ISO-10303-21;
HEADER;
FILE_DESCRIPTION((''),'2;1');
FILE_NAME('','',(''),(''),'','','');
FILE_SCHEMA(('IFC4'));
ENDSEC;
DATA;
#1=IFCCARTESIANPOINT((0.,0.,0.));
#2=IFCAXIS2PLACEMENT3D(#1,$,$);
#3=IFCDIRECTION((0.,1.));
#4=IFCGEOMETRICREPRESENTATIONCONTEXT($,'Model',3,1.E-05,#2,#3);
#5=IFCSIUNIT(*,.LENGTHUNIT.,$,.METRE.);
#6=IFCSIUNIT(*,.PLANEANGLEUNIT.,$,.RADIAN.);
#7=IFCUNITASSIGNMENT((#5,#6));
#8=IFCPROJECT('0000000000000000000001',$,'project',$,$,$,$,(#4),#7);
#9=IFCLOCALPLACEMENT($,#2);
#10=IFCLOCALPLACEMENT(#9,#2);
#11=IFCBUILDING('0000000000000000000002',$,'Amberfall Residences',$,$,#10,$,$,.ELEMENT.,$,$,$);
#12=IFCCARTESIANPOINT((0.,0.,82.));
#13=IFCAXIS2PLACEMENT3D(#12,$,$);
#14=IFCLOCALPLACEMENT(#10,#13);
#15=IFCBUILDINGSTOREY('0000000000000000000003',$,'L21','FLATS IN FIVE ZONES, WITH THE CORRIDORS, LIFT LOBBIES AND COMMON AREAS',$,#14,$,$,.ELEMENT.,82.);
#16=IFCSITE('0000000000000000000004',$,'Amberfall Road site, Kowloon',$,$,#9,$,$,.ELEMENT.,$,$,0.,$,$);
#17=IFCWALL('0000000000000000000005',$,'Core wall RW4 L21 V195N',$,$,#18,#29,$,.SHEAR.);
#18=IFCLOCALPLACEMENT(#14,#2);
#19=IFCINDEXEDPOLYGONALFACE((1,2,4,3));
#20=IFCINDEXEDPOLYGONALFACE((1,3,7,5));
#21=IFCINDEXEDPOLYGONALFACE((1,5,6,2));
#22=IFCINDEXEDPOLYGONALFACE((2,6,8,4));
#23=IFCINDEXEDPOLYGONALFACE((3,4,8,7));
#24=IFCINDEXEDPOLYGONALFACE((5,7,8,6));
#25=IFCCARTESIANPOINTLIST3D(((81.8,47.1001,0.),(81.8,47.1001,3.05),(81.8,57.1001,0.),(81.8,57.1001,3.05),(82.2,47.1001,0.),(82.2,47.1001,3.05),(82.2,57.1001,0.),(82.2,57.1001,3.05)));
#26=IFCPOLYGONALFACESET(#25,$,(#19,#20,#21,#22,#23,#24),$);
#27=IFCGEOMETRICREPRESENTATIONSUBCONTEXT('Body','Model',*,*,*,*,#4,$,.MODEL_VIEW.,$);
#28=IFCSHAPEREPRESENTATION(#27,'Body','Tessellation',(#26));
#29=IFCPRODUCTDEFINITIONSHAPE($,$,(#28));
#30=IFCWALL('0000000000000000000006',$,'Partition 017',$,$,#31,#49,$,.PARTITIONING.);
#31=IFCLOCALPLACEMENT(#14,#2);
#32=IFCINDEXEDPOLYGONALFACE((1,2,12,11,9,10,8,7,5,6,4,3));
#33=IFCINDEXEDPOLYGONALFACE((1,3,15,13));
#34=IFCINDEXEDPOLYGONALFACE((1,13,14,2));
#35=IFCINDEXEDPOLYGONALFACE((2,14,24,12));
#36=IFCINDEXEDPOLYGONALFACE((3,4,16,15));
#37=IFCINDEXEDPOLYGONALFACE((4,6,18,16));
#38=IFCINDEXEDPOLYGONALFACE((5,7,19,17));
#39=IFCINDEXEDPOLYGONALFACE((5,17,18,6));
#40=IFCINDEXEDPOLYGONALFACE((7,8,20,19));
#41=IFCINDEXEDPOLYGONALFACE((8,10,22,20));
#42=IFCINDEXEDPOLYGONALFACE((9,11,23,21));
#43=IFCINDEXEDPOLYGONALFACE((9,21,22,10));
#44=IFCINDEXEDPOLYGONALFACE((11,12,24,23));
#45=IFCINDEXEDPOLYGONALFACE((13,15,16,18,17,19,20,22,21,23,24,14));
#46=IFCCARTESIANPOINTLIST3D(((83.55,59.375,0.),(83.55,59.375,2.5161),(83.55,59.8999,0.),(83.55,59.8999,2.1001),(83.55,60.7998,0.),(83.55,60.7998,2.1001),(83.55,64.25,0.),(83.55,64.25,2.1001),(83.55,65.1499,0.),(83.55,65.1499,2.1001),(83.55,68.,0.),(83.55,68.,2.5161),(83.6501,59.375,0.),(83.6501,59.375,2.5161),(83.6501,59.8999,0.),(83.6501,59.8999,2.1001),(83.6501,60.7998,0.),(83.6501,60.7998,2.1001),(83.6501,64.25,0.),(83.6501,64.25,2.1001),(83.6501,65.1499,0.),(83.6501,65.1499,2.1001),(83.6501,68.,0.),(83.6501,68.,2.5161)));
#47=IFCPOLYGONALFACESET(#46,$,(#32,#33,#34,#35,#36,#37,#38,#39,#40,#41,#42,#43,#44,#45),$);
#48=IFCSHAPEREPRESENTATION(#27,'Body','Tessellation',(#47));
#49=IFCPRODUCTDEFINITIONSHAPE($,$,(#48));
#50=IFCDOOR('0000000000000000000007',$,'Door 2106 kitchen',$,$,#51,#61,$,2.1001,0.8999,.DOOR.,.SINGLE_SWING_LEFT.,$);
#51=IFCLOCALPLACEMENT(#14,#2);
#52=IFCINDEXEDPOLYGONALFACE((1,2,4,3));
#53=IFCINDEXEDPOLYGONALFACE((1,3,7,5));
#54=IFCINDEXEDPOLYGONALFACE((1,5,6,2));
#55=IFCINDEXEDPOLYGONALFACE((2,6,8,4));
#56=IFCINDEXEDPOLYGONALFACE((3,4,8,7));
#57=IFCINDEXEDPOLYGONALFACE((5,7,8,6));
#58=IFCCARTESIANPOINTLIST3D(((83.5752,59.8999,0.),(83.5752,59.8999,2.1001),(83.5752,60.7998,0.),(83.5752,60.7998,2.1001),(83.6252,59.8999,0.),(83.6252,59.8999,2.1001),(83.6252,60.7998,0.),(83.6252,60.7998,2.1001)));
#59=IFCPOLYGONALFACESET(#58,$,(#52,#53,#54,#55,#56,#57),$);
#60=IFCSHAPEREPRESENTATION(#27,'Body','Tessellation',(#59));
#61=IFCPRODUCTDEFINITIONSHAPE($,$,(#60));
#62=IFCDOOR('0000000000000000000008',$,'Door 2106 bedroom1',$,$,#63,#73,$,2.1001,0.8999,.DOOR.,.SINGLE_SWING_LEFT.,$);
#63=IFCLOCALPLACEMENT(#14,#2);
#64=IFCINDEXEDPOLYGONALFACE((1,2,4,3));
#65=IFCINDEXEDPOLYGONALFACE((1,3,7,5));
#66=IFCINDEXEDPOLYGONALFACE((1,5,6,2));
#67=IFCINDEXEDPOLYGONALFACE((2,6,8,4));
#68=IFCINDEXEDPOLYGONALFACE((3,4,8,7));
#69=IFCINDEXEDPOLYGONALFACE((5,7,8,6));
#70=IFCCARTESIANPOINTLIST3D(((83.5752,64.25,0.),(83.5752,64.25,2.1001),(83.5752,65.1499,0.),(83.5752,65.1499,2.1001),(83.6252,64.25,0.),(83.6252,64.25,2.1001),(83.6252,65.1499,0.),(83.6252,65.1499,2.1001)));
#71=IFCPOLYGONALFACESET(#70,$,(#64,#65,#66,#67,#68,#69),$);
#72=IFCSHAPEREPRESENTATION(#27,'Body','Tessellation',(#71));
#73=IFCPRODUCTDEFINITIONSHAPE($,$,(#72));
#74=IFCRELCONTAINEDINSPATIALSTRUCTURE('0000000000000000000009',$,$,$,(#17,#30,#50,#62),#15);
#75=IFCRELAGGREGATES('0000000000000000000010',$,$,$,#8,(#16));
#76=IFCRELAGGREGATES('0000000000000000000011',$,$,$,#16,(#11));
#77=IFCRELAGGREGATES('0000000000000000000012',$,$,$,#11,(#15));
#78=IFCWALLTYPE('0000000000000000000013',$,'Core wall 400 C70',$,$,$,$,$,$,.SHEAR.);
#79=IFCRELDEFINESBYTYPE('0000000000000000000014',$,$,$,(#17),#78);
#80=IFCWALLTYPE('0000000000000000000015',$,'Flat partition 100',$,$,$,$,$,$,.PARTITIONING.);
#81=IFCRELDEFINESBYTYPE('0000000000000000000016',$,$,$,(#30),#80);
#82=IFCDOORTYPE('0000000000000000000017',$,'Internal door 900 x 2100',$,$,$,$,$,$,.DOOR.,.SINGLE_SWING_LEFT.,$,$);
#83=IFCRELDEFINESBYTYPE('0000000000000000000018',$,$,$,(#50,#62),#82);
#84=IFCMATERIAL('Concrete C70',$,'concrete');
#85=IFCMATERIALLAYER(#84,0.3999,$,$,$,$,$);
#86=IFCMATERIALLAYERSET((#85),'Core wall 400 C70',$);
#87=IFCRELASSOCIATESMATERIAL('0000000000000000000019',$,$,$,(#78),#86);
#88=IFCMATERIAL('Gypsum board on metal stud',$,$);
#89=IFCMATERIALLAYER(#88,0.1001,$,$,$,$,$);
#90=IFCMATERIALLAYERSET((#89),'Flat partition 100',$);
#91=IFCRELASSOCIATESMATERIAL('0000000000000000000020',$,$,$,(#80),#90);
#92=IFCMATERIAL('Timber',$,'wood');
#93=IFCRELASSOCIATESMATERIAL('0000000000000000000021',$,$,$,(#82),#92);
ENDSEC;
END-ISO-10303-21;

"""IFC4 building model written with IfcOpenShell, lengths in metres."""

from ifc_helpers import new_model, si_unit, direction, frame, frame_2d, origin, place, context, subcontext, project, spatial, rectangle, extrude, material, layer, layer_set, type_object, element, fill, save


model = new_model("IFC4")

# Units and contexts
model_context = context("Model", 3, precision=1e-05, world=origin(), true_north=direction((0.0, 1.0)))
body_context = subcontext(model_context, "Body", "Model", "MODEL_VIEW")
ifc_project = project(units=[si_unit("LENGTHUNIT", "METRE"), si_unit("PLANEANGLEUNIT", "RADIAN")], contexts=[model_context])

# Site, building, storey
site_placement = place(None, origin())
site = spatial("IfcSite", under=ifc_project, at=site_placement, Name="Amberfall Road site, Kowloon", CompositionType="ELEMENT", RefElevation=0.0)
building_placement = place(site_placement, origin())
building = spatial("IfcBuilding", under=site, at=building_placement, Name="Amberfall Residences", CompositionType="ELEMENT")
storey_placement = place(building_placement, frame((0.0, 0.0, 82.0)))
storey = spatial("IfcBuildingStorey", under=building, at=storey_placement, Name="L21", Description="FLATS IN FIVE ZONES, WITH THE CORRIDORS, LIFT LOBBIES AND COMMON AREAS", CompositionType="ELEMENT", Elevation=82.0)

# Wall
ifc_material_1 = material(Name="Concrete C70", Category="concrete")
ifc_layer_1 = layer(ifc_material_1, 0.3999)
ifc_layer_set_1 = layer_set([ifc_layer_1], Name="Core wall 400 C70")
wall_type_1 = type_object("IfcWallType", Name="Core wall 400 C70", PredefinedType="SHEAR", material=ifc_layer_set_1)
wall_1_placement = place(storey_placement, frame((82.0, 47.1001, 0.0), z_axis=(0.0, 0.0, 1.0), x_axis=(0.0, 1.0, 0.0)))
element("IfcWall", 1, at=wall_1_placement, inside=storey, type_object=wall_type_1, Name="Core wall RW4 L21 V195N", PredefinedType="SHEAR", context=body_context, shape_type="SweptSolid", body=[
    extrude(rectangle(XDim=10.0, YDim=0.3999, at=frame_2d((5.0, 0.0))), origin(), (0.0, 0.0, 1.0), 3.05),
])

# Wall, openings, doors
ifc_material_2 = material(Name="Gypsum board on metal stud")
ifc_layer_2 = layer(ifc_material_2, 0.1001)
ifc_layer_set_2 = layer_set([ifc_layer_2], Name="Flat partition 100")
wall_type_2 = type_object("IfcWallType", Name="Flat partition 100", PredefinedType="PARTITIONING", material=ifc_layer_set_2)
wall_2_placement = place(storey_placement, frame((83.6001, 59.375, 0.0), z_axis=(0.0, 0.0, 1.0), x_axis=(0.0, 1.0, 0.0)))
wall_2 = element("IfcWall", 2, at=wall_2_placement, inside=storey, type_object=wall_type_2, Name="Partition 017", PredefinedType="PARTITIONING", context=body_context, shape_type="SweptSolid", body=[
    extrude(rectangle(XDim=8.625, YDim=0.1001, at=frame_2d((4.3125, 0.0))), origin(), (0.0, 0.0, 1.0), 2.5161),
])
opening_1_placement = place(wall_2_placement, frame((0.5249, 0.0, 0.0)))
opening_1 = element("IfcOpeningElement", 3, at=opening_1_placement, cuts=wall_2, PredefinedType="OPENING", context=body_context, shape_type="SweptSolid", body=[
    extrude(rectangle(XDim=0.8999, YDim=2.1001, at=frame_2d((0.45, 1.05))), frame((0.0, 0.0601, 0.0), z_axis=(0.0, -1.0, 0.0), x_axis=(1.0, 0.0, 0.0)), (0.0, 0.0, 1.0), 0.1201),
])
opening_2_placement = place(wall_2_placement, frame((4.875, 0.0, 0.0)))
opening_2 = element("IfcOpeningElement", 4, at=opening_2_placement, cuts=wall_2, PredefinedType="OPENING", context=body_context, shape_type="SweptSolid", body=[
    extrude(rectangle(XDim=0.8999, YDim=2.1001, at=frame_2d((0.45, 1.05))), frame((0.0, 0.0601, 0.0), z_axis=(0.0, -1.0, 0.0), x_axis=(1.0, 0.0, 0.0)), (0.0, 0.0, 1.0), 0.1201),
])
ifc_material_3 = material(Name="Timber", Category="wood")
door_type_1 = type_object("IfcDoorType", Name="Internal door 900 x 2100", OperationType="SINGLE_SWING_LEFT", PredefinedType="DOOR", material=ifc_material_3)
door_1_placement = place(opening_1_placement, origin())
door_1 = element("IfcDoor", 5, at=door_1_placement, inside=storey, type_object=door_type_1, Name="Door 2106 kitchen", OperationType="SINGLE_SWING_LEFT", OverallHeight=2.1001, OverallWidth=0.8999, PredefinedType="DOOR", context=body_context, shape_type="SweptSolid", body=[
    extrude(rectangle(XDim=0.8999, YDim=2.1001, at=frame_2d((0.45, 1.05))), frame((0.0, 0.0249, 0.0), z_axis=(0.0, -1.0, 0.0), x_axis=(1.0, 0.0, 0.0)), (0.0, 0.0, 1.0), 0.05),
])
fill(opening_1, door_1)
door_2_placement = place(opening_2_placement, origin())
door_2 = element("IfcDoor", 6, at=door_2_placement, inside=storey, type_object=door_type_1, Name="Door 2106 bedroom1", OperationType="SINGLE_SWING_LEFT", OverallHeight=2.1001, OverallWidth=0.8999, PredefinedType="DOOR", context=body_context, shape_type="SweptSolid", body=[
    extrude(rectangle(XDim=0.8999, YDim=2.1001, at=frame_2d((0.45, 1.05))), frame((0.0, 0.0249, 0.0), z_axis=(0.0, -1.0, 0.0), x_axis=(1.0, 0.0, 0.0)), (0.0, 0.0, 1.0), 0.05),
])
fill(opening_2, door_2)

save(model, "model.ifc")
